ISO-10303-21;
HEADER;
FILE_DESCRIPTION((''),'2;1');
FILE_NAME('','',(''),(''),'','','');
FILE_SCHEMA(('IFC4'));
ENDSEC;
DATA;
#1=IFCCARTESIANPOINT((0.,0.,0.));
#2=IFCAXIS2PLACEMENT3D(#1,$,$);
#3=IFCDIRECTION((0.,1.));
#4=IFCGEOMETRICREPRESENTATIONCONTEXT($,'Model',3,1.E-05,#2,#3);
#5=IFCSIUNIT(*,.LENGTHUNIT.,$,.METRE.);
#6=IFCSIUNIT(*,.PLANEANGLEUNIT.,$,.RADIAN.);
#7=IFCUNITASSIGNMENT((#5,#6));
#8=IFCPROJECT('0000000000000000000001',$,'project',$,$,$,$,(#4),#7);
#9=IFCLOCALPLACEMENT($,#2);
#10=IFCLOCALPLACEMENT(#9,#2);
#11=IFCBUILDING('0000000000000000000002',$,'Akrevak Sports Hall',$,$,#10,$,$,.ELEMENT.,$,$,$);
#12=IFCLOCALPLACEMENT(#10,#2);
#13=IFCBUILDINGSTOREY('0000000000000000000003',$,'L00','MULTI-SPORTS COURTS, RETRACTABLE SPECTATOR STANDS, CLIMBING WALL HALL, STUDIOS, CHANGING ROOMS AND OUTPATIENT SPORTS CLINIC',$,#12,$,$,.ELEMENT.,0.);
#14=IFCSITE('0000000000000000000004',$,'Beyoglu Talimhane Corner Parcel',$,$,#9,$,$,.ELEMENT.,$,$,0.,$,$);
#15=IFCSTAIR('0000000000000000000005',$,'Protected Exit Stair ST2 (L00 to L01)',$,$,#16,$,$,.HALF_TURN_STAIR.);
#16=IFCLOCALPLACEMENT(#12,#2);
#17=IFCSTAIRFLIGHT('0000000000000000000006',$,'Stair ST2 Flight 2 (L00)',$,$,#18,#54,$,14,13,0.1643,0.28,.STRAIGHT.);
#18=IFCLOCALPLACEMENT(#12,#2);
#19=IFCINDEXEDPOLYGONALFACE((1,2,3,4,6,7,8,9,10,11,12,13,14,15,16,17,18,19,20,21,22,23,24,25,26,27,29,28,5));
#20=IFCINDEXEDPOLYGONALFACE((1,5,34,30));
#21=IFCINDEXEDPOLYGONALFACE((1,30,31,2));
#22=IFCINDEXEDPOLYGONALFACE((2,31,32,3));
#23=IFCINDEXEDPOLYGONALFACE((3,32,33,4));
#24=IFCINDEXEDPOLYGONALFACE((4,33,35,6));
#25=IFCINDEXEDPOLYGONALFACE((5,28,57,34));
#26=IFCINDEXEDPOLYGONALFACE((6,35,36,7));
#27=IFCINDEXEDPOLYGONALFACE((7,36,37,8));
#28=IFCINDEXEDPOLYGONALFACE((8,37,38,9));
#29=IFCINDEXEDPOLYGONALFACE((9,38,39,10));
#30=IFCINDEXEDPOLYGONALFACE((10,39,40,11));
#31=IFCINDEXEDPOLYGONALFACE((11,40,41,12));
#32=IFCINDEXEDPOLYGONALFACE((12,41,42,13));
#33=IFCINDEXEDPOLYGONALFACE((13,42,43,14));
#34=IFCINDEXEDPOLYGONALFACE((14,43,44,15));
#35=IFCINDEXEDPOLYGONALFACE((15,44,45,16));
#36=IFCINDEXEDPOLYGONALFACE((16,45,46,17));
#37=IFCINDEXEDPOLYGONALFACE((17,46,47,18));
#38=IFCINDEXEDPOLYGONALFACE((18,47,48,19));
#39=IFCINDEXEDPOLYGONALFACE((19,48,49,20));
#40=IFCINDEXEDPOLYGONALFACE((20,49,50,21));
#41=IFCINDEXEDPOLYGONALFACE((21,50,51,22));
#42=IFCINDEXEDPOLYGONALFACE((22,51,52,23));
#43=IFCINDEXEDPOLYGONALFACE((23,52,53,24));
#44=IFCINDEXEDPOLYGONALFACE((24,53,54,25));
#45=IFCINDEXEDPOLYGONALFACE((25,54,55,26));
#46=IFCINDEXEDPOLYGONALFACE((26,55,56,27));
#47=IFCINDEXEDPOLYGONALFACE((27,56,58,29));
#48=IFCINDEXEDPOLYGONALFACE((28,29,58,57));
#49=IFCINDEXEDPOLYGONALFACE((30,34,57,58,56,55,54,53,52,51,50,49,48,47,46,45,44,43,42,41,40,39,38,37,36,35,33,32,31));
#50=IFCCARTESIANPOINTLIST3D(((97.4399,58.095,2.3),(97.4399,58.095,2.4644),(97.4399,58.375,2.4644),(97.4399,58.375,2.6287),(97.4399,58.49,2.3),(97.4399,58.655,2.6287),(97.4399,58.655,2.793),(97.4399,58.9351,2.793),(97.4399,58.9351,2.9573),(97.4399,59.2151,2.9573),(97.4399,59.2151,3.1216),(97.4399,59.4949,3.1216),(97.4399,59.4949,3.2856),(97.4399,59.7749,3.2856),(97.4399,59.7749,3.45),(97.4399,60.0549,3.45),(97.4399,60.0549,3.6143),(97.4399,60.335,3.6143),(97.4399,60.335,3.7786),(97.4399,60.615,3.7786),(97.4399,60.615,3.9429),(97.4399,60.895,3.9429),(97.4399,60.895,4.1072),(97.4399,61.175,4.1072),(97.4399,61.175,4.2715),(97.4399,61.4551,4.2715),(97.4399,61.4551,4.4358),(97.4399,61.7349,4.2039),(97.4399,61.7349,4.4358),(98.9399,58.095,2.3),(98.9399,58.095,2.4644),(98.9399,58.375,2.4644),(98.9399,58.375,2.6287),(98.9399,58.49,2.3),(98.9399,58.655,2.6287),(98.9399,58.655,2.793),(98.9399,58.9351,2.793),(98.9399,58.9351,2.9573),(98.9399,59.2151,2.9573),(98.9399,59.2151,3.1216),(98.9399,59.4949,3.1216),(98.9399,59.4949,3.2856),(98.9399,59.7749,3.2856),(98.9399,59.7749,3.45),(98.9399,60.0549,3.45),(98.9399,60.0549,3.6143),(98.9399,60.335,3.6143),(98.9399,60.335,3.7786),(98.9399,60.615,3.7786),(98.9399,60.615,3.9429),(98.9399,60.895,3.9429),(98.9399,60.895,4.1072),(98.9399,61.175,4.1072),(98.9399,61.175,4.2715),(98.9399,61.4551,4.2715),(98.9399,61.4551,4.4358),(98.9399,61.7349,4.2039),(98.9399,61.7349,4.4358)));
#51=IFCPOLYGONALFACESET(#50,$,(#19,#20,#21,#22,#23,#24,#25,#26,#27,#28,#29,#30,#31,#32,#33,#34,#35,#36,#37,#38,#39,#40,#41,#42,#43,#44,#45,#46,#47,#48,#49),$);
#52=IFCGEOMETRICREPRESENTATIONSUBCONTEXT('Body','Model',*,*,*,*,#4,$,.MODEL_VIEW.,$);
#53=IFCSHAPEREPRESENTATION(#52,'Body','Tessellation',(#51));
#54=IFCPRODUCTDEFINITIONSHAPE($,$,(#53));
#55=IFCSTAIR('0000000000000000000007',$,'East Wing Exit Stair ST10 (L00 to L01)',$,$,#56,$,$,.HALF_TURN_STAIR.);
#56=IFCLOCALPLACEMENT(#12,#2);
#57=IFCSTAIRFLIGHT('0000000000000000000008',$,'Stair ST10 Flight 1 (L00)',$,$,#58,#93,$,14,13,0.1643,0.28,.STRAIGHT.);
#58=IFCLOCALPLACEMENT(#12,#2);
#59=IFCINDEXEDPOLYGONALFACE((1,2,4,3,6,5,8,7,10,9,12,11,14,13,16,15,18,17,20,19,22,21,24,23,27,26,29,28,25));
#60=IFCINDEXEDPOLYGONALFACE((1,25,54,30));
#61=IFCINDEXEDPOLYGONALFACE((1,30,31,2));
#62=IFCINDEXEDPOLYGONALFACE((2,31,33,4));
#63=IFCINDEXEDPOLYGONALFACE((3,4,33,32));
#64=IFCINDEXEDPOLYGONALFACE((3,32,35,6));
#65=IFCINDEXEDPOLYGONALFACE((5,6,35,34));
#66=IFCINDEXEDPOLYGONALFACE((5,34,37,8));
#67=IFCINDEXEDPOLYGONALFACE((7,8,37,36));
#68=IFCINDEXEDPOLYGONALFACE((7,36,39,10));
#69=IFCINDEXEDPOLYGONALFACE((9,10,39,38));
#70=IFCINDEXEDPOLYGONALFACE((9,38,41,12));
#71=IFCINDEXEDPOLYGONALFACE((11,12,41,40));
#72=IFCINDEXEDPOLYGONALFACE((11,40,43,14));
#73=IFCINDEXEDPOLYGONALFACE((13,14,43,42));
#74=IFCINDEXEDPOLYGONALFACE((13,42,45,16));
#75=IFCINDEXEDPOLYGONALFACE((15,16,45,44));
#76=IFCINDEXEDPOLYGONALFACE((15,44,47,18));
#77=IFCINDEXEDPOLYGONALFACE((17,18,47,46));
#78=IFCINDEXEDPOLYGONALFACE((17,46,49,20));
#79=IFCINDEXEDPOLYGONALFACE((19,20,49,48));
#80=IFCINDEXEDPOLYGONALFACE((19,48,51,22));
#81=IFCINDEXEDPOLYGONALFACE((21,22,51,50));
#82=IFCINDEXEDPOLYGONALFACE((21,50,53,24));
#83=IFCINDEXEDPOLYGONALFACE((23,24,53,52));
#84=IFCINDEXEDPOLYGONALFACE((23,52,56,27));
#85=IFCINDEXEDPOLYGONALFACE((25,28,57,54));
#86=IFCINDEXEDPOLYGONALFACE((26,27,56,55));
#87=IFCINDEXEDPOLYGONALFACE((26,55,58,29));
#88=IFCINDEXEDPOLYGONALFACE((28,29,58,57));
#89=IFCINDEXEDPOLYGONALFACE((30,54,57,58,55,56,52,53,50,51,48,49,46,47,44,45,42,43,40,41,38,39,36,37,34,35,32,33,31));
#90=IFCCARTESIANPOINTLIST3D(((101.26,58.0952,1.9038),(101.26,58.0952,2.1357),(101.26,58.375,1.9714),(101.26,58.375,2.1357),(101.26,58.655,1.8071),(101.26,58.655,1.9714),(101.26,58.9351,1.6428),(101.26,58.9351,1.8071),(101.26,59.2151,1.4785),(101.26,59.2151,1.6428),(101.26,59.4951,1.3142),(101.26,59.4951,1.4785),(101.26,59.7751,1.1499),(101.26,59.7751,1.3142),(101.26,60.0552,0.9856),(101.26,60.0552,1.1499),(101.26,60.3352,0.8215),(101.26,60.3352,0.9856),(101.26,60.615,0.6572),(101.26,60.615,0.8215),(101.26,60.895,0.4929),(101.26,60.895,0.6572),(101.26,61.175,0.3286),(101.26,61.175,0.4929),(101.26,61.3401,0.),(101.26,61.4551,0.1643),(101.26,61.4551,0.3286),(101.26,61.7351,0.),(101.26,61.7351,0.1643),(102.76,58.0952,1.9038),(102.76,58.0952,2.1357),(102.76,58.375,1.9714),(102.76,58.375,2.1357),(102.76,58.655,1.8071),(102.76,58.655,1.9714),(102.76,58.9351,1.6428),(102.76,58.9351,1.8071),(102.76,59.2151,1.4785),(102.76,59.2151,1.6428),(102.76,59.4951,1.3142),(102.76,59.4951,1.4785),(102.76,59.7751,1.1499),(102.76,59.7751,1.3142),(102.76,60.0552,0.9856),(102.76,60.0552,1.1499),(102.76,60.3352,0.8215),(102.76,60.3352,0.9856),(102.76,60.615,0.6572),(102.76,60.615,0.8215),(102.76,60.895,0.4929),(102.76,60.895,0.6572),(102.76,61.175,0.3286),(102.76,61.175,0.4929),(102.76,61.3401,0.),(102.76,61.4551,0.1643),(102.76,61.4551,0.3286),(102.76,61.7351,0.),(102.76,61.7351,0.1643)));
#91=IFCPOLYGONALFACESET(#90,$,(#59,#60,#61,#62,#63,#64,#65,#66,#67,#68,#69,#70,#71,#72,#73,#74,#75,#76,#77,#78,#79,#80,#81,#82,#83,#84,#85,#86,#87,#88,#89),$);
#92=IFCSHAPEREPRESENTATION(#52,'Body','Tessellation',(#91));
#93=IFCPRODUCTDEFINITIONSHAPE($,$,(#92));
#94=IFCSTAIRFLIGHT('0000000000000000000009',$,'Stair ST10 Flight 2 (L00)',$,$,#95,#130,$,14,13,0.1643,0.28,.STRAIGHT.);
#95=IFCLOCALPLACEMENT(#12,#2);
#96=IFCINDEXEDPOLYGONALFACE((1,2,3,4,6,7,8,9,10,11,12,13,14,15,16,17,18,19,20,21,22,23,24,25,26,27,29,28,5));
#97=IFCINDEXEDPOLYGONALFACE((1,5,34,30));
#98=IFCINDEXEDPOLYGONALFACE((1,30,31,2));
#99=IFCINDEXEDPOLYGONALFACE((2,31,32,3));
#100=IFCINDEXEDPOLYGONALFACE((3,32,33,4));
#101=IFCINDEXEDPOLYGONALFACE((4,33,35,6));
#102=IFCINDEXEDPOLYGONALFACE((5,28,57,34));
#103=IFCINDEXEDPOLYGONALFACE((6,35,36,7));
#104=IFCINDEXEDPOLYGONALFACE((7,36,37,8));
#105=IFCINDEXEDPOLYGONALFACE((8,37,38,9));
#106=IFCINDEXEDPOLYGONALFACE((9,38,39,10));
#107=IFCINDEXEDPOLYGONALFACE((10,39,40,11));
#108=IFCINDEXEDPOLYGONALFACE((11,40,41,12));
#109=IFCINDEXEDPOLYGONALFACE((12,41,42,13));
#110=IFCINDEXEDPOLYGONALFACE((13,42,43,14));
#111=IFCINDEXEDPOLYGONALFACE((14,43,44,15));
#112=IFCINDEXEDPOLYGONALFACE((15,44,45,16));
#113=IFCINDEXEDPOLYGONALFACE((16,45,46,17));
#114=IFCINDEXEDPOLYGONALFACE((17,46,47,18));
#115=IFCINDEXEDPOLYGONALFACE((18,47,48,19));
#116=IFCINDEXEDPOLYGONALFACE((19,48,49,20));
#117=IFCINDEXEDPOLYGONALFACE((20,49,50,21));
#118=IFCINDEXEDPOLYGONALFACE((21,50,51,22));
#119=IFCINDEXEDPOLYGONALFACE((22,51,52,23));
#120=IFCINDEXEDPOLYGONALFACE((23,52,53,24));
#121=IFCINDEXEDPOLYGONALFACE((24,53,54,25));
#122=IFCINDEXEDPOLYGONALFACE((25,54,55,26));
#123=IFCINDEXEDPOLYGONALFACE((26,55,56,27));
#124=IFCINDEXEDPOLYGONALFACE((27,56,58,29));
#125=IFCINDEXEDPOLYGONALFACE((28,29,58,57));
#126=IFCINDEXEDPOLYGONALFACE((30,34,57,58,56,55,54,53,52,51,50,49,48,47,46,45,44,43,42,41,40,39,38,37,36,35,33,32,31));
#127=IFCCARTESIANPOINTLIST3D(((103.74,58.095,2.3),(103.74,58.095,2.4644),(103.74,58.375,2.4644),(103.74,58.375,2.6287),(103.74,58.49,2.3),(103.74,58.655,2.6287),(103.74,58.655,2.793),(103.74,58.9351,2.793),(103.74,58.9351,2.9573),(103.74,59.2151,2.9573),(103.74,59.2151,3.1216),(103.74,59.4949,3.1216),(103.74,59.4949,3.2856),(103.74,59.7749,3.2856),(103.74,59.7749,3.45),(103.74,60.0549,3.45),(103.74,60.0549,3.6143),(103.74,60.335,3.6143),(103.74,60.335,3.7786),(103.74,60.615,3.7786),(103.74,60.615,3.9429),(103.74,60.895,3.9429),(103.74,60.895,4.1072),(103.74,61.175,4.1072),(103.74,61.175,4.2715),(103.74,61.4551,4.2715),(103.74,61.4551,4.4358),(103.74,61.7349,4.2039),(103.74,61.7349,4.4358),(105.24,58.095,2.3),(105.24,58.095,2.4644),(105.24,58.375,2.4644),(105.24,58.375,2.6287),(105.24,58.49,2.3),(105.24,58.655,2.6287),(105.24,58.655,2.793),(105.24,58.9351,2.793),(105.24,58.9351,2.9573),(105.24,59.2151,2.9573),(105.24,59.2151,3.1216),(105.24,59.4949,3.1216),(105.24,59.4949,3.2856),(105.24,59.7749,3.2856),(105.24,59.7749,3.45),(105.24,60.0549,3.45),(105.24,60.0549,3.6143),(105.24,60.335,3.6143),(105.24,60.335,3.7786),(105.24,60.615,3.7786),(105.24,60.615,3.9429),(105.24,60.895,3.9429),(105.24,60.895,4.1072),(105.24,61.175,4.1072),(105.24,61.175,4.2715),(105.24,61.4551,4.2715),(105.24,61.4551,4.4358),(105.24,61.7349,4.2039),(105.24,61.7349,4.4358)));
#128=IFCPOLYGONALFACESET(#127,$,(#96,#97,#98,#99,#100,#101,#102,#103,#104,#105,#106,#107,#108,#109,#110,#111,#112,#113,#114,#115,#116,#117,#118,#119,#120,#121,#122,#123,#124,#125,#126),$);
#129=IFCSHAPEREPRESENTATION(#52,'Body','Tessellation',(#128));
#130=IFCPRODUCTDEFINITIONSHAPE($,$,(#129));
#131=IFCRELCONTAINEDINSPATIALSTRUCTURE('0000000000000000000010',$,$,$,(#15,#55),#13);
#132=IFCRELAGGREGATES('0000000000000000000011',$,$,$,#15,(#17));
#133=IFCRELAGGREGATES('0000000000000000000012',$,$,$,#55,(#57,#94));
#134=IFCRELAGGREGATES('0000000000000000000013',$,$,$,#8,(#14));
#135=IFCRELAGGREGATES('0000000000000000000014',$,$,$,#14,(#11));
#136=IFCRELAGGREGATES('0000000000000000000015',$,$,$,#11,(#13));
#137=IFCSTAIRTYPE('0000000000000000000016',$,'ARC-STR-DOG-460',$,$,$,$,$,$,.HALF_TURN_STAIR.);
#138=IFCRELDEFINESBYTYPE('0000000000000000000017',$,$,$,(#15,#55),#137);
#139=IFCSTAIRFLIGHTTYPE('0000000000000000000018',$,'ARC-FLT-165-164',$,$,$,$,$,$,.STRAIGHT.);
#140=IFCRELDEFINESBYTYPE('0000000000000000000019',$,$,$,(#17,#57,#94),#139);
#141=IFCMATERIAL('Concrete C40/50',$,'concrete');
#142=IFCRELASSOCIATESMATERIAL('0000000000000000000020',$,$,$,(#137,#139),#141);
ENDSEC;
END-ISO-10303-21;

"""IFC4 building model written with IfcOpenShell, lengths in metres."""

from ifc_helpers import new_model, si_unit, direction, frame, origin, place, context, subcontext, project, spatial, polyline, outline, extrude, material, type_object, element, aggregate, save


model = new_model("IFC4")

# Units and contexts
model_context = context("Model", 3, precision=1e-05, world=origin(), true_north=direction((0.0, 1.0)))
body_context = subcontext(model_context, "Body", "Model", "MODEL_VIEW")
ifc_project = project(units=[si_unit("LENGTHUNIT", "METRE"), si_unit("PLANEANGLEUNIT", "RADIAN")], contexts=[model_context])

# Site, building, storey
site_placement = place(None, origin())
site = spatial("IfcSite", under=ifc_project, at=site_placement, Name="Beyoglu Talimhane Corner Parcel", CompositionType="ELEMENT", RefElevation=0.0)
building_placement = place(site_placement, origin())
building = spatial("IfcBuilding", under=site, at=building_placement, Name="Akrevak Sports Hall", CompositionType="ELEMENT")
storey_placement = place(building_placement, origin())
storey = spatial("IfcBuildingStorey", under=building, at=storey_placement, Name="L00", Description="MULTI-SPORTS COURTS, RETRACTABLE SPECTATOR STANDS, CLIMBING WALL HALL, STUDIOS, CHANGING ROOMS AND OUTPATIENT SPORTS CLINIC", CompositionType="ELEMENT", Elevation=0.0)

# Shared definitions
ifc_material_1 = material(Name="Concrete C40/50", Category="concrete")

# Stair, stair flight
stair_type = type_object("IfcStairType", Name="ARC-STR-DOG-460", PredefinedType="HALF_TURN_STAIR", material=ifc_material_1)
stair_1_placement = place(storey_placement, origin())
stair_1 = element("IfcStair", 1, at=stair_1_placement, inside=storey, type_object=stair_type, Name="Protected Exit Stair ST2 (L00 to L01)", PredefinedType="HALF_TURN_STAIR")
stair_flight_type = type_object("IfcStairFlightType", Name="ARC-FLT-165-164", PredefinedType="STRAIGHT", material=ifc_material_1)
stair_flight_1_placement = place(storey_placement, frame((98.1899, 58.095, 2.3), z_axis=(0.0, 0.0, 1.0), x_axis=(0.0, 1.0, 0.0)))
stair_flight_1 = element("IfcStairFlight", 2, at=stair_flight_1_placement, type_object=stair_flight_type, Name="Stair ST2 Flight 2 (L00)", NumberOfRisers=14, NumberOfTreads=13, PredefinedType="STRAIGHT", RiserHeight=0.1643, TreadLength=0.28, context=body_context, shape_type="SweptSolid", body=[
    extrude(outline(polyline([(0.0, 0.0), (0.0, 0.1643), (0.28, 0.1643), (0.28, 0.3286), (0.5601, 0.3286), (0.5601, 0.4929), (0.8401, 0.4929), (0.8401, 0.6572), (1.1201, 0.6572), (1.1201, 0.8215), (1.3999, 0.8215), (1.3999, 0.9856), (1.6799, 0.9856), (1.6799, 1.1499), (1.96, 1.1499), (1.96, 1.3142), (2.24, 1.3142), (2.24, 1.4785), (2.52, 1.4785), (2.52, 1.6428), (2.8, 1.6428), (2.8, 1.8071), (3.0801, 1.8071), (3.0801, 1.9714), (3.3601, 1.9714), (3.3601, 2.1357), (3.6399, 2.1357), (3.6399, 2.3), (3.6399, 1.9038), (0.395, 0.0), (0.0, 0.0)])), frame((0.0, 0.75, 0.0), z_axis=(0.0, -1.0, 0.0), x_axis=(1.0, 0.0, 0.0)), (0.0, 0.0, 1.0), 1.5),
])
aggregate(stair_1, [stair_flight_1])

# Stair, stair flights
stair_2_placement = place(storey_placement, origin())
stair_2 = element("IfcStair", 3, at=stair_2_placement, inside=storey, type_object=stair_type, Name="East Wing Exit Stair ST10 (L00 to L01)", PredefinedType="HALF_TURN_STAIR")
stair_flight_2_placement = place(storey_placement, frame((102.01, 61.7351, 0.0), z_axis=(0.0, 0.0, 1.0), x_axis=(0.0, -1.0, 0.0)))
stair_flight_2 = element("IfcStairFlight", 4, at=stair_flight_2_placement, type_object=stair_flight_type, Name="Stair ST10 Flight 1 (L00)", NumberOfRisers=14, NumberOfTreads=13, PredefinedType="STRAIGHT", RiserHeight=0.1643, TreadLength=0.28, context=body_context, shape_type="SweptSolid", body=[
    extrude(outline(polyline([(0.0, 0.0), (0.0, 0.1643), (0.28, 0.1643), (0.28, 0.3286), (0.5601, 0.3286), (0.5601, 0.4929), (0.8401, 0.4929), (0.8401, 0.6572), (1.1201, 0.6572), (1.1201, 0.8215), (1.3999, 0.8215), (1.3999, 0.9856), (1.6799, 0.9856), (1.6799, 1.1499), (1.96, 1.1499), (1.96, 1.3142), (2.24, 1.3142), (2.24, 1.4785), (2.52, 1.4785), (2.52, 1.6428), (2.8, 1.6428), (2.8, 1.8071), (3.0801, 1.8071), (3.0801, 1.9714), (3.3601, 1.9714), (3.3601, 2.1357), (3.6399, 2.1357), (3.6399, 2.3), (3.6399, 1.9038), (0.395, 0.0), (0.0, 0.0)])), frame((0.0, 0.75, 0.0), z_axis=(0.0, -1.0, 0.0), x_axis=(1.0, 0.0, 0.0)), (0.0, 0.0, 1.0), 1.5),
])
stair_flight_3_placement = place(storey_placement, frame((104.49, 58.095, 2.3), z_axis=(0.0, 0.0, 1.0), x_axis=(0.0, 1.0, 0.0)))
stair_flight_3 = element("IfcStairFlight", 5, at=stair_flight_3_placement, type_object=stair_flight_type, Name="Stair ST10 Flight 2 (L00)", NumberOfRisers=14, NumberOfTreads=13, PredefinedType="STRAIGHT", RiserHeight=0.1643, TreadLength=0.28, context=body_context, shape_type="SweptSolid", body=[
    extrude(outline(polyline([(0.0, 0.0), (0.0, 0.1643), (0.28, 0.1643), (0.28, 0.3286), (0.5601, 0.3286), (0.5601, 0.4929), (0.8401, 0.4929), (0.8401, 0.6572), (1.1201, 0.6572), (1.1201, 0.8215), (1.3999, 0.8215), (1.3999, 0.9856), (1.6799, 0.9856), (1.6799, 1.1499), (1.96, 1.1499), (1.96, 1.3142), (2.24, 1.3142), (2.24, 1.4785), (2.52, 1.4785), (2.52, 1.6428), (2.8, 1.6428), (2.8, 1.8071), (3.0801, 1.8071), (3.0801, 1.9714), (3.3601, 1.9714), (3.3601, 2.1357), (3.6399, 2.1357), (3.6399, 2.3), (3.6399, 1.9038), (0.395, 0.0), (0.0, 0.0)])), frame((0.0, 0.75, 0.0), z_axis=(0.0, -1.0, 0.0), x_axis=(1.0, 0.0, 0.0)), (0.0, 0.0, 1.0), 1.5),
])
aggregate(stair_2, [stair_flight_2, stair_flight_3])

save(model, "model.ifc")
